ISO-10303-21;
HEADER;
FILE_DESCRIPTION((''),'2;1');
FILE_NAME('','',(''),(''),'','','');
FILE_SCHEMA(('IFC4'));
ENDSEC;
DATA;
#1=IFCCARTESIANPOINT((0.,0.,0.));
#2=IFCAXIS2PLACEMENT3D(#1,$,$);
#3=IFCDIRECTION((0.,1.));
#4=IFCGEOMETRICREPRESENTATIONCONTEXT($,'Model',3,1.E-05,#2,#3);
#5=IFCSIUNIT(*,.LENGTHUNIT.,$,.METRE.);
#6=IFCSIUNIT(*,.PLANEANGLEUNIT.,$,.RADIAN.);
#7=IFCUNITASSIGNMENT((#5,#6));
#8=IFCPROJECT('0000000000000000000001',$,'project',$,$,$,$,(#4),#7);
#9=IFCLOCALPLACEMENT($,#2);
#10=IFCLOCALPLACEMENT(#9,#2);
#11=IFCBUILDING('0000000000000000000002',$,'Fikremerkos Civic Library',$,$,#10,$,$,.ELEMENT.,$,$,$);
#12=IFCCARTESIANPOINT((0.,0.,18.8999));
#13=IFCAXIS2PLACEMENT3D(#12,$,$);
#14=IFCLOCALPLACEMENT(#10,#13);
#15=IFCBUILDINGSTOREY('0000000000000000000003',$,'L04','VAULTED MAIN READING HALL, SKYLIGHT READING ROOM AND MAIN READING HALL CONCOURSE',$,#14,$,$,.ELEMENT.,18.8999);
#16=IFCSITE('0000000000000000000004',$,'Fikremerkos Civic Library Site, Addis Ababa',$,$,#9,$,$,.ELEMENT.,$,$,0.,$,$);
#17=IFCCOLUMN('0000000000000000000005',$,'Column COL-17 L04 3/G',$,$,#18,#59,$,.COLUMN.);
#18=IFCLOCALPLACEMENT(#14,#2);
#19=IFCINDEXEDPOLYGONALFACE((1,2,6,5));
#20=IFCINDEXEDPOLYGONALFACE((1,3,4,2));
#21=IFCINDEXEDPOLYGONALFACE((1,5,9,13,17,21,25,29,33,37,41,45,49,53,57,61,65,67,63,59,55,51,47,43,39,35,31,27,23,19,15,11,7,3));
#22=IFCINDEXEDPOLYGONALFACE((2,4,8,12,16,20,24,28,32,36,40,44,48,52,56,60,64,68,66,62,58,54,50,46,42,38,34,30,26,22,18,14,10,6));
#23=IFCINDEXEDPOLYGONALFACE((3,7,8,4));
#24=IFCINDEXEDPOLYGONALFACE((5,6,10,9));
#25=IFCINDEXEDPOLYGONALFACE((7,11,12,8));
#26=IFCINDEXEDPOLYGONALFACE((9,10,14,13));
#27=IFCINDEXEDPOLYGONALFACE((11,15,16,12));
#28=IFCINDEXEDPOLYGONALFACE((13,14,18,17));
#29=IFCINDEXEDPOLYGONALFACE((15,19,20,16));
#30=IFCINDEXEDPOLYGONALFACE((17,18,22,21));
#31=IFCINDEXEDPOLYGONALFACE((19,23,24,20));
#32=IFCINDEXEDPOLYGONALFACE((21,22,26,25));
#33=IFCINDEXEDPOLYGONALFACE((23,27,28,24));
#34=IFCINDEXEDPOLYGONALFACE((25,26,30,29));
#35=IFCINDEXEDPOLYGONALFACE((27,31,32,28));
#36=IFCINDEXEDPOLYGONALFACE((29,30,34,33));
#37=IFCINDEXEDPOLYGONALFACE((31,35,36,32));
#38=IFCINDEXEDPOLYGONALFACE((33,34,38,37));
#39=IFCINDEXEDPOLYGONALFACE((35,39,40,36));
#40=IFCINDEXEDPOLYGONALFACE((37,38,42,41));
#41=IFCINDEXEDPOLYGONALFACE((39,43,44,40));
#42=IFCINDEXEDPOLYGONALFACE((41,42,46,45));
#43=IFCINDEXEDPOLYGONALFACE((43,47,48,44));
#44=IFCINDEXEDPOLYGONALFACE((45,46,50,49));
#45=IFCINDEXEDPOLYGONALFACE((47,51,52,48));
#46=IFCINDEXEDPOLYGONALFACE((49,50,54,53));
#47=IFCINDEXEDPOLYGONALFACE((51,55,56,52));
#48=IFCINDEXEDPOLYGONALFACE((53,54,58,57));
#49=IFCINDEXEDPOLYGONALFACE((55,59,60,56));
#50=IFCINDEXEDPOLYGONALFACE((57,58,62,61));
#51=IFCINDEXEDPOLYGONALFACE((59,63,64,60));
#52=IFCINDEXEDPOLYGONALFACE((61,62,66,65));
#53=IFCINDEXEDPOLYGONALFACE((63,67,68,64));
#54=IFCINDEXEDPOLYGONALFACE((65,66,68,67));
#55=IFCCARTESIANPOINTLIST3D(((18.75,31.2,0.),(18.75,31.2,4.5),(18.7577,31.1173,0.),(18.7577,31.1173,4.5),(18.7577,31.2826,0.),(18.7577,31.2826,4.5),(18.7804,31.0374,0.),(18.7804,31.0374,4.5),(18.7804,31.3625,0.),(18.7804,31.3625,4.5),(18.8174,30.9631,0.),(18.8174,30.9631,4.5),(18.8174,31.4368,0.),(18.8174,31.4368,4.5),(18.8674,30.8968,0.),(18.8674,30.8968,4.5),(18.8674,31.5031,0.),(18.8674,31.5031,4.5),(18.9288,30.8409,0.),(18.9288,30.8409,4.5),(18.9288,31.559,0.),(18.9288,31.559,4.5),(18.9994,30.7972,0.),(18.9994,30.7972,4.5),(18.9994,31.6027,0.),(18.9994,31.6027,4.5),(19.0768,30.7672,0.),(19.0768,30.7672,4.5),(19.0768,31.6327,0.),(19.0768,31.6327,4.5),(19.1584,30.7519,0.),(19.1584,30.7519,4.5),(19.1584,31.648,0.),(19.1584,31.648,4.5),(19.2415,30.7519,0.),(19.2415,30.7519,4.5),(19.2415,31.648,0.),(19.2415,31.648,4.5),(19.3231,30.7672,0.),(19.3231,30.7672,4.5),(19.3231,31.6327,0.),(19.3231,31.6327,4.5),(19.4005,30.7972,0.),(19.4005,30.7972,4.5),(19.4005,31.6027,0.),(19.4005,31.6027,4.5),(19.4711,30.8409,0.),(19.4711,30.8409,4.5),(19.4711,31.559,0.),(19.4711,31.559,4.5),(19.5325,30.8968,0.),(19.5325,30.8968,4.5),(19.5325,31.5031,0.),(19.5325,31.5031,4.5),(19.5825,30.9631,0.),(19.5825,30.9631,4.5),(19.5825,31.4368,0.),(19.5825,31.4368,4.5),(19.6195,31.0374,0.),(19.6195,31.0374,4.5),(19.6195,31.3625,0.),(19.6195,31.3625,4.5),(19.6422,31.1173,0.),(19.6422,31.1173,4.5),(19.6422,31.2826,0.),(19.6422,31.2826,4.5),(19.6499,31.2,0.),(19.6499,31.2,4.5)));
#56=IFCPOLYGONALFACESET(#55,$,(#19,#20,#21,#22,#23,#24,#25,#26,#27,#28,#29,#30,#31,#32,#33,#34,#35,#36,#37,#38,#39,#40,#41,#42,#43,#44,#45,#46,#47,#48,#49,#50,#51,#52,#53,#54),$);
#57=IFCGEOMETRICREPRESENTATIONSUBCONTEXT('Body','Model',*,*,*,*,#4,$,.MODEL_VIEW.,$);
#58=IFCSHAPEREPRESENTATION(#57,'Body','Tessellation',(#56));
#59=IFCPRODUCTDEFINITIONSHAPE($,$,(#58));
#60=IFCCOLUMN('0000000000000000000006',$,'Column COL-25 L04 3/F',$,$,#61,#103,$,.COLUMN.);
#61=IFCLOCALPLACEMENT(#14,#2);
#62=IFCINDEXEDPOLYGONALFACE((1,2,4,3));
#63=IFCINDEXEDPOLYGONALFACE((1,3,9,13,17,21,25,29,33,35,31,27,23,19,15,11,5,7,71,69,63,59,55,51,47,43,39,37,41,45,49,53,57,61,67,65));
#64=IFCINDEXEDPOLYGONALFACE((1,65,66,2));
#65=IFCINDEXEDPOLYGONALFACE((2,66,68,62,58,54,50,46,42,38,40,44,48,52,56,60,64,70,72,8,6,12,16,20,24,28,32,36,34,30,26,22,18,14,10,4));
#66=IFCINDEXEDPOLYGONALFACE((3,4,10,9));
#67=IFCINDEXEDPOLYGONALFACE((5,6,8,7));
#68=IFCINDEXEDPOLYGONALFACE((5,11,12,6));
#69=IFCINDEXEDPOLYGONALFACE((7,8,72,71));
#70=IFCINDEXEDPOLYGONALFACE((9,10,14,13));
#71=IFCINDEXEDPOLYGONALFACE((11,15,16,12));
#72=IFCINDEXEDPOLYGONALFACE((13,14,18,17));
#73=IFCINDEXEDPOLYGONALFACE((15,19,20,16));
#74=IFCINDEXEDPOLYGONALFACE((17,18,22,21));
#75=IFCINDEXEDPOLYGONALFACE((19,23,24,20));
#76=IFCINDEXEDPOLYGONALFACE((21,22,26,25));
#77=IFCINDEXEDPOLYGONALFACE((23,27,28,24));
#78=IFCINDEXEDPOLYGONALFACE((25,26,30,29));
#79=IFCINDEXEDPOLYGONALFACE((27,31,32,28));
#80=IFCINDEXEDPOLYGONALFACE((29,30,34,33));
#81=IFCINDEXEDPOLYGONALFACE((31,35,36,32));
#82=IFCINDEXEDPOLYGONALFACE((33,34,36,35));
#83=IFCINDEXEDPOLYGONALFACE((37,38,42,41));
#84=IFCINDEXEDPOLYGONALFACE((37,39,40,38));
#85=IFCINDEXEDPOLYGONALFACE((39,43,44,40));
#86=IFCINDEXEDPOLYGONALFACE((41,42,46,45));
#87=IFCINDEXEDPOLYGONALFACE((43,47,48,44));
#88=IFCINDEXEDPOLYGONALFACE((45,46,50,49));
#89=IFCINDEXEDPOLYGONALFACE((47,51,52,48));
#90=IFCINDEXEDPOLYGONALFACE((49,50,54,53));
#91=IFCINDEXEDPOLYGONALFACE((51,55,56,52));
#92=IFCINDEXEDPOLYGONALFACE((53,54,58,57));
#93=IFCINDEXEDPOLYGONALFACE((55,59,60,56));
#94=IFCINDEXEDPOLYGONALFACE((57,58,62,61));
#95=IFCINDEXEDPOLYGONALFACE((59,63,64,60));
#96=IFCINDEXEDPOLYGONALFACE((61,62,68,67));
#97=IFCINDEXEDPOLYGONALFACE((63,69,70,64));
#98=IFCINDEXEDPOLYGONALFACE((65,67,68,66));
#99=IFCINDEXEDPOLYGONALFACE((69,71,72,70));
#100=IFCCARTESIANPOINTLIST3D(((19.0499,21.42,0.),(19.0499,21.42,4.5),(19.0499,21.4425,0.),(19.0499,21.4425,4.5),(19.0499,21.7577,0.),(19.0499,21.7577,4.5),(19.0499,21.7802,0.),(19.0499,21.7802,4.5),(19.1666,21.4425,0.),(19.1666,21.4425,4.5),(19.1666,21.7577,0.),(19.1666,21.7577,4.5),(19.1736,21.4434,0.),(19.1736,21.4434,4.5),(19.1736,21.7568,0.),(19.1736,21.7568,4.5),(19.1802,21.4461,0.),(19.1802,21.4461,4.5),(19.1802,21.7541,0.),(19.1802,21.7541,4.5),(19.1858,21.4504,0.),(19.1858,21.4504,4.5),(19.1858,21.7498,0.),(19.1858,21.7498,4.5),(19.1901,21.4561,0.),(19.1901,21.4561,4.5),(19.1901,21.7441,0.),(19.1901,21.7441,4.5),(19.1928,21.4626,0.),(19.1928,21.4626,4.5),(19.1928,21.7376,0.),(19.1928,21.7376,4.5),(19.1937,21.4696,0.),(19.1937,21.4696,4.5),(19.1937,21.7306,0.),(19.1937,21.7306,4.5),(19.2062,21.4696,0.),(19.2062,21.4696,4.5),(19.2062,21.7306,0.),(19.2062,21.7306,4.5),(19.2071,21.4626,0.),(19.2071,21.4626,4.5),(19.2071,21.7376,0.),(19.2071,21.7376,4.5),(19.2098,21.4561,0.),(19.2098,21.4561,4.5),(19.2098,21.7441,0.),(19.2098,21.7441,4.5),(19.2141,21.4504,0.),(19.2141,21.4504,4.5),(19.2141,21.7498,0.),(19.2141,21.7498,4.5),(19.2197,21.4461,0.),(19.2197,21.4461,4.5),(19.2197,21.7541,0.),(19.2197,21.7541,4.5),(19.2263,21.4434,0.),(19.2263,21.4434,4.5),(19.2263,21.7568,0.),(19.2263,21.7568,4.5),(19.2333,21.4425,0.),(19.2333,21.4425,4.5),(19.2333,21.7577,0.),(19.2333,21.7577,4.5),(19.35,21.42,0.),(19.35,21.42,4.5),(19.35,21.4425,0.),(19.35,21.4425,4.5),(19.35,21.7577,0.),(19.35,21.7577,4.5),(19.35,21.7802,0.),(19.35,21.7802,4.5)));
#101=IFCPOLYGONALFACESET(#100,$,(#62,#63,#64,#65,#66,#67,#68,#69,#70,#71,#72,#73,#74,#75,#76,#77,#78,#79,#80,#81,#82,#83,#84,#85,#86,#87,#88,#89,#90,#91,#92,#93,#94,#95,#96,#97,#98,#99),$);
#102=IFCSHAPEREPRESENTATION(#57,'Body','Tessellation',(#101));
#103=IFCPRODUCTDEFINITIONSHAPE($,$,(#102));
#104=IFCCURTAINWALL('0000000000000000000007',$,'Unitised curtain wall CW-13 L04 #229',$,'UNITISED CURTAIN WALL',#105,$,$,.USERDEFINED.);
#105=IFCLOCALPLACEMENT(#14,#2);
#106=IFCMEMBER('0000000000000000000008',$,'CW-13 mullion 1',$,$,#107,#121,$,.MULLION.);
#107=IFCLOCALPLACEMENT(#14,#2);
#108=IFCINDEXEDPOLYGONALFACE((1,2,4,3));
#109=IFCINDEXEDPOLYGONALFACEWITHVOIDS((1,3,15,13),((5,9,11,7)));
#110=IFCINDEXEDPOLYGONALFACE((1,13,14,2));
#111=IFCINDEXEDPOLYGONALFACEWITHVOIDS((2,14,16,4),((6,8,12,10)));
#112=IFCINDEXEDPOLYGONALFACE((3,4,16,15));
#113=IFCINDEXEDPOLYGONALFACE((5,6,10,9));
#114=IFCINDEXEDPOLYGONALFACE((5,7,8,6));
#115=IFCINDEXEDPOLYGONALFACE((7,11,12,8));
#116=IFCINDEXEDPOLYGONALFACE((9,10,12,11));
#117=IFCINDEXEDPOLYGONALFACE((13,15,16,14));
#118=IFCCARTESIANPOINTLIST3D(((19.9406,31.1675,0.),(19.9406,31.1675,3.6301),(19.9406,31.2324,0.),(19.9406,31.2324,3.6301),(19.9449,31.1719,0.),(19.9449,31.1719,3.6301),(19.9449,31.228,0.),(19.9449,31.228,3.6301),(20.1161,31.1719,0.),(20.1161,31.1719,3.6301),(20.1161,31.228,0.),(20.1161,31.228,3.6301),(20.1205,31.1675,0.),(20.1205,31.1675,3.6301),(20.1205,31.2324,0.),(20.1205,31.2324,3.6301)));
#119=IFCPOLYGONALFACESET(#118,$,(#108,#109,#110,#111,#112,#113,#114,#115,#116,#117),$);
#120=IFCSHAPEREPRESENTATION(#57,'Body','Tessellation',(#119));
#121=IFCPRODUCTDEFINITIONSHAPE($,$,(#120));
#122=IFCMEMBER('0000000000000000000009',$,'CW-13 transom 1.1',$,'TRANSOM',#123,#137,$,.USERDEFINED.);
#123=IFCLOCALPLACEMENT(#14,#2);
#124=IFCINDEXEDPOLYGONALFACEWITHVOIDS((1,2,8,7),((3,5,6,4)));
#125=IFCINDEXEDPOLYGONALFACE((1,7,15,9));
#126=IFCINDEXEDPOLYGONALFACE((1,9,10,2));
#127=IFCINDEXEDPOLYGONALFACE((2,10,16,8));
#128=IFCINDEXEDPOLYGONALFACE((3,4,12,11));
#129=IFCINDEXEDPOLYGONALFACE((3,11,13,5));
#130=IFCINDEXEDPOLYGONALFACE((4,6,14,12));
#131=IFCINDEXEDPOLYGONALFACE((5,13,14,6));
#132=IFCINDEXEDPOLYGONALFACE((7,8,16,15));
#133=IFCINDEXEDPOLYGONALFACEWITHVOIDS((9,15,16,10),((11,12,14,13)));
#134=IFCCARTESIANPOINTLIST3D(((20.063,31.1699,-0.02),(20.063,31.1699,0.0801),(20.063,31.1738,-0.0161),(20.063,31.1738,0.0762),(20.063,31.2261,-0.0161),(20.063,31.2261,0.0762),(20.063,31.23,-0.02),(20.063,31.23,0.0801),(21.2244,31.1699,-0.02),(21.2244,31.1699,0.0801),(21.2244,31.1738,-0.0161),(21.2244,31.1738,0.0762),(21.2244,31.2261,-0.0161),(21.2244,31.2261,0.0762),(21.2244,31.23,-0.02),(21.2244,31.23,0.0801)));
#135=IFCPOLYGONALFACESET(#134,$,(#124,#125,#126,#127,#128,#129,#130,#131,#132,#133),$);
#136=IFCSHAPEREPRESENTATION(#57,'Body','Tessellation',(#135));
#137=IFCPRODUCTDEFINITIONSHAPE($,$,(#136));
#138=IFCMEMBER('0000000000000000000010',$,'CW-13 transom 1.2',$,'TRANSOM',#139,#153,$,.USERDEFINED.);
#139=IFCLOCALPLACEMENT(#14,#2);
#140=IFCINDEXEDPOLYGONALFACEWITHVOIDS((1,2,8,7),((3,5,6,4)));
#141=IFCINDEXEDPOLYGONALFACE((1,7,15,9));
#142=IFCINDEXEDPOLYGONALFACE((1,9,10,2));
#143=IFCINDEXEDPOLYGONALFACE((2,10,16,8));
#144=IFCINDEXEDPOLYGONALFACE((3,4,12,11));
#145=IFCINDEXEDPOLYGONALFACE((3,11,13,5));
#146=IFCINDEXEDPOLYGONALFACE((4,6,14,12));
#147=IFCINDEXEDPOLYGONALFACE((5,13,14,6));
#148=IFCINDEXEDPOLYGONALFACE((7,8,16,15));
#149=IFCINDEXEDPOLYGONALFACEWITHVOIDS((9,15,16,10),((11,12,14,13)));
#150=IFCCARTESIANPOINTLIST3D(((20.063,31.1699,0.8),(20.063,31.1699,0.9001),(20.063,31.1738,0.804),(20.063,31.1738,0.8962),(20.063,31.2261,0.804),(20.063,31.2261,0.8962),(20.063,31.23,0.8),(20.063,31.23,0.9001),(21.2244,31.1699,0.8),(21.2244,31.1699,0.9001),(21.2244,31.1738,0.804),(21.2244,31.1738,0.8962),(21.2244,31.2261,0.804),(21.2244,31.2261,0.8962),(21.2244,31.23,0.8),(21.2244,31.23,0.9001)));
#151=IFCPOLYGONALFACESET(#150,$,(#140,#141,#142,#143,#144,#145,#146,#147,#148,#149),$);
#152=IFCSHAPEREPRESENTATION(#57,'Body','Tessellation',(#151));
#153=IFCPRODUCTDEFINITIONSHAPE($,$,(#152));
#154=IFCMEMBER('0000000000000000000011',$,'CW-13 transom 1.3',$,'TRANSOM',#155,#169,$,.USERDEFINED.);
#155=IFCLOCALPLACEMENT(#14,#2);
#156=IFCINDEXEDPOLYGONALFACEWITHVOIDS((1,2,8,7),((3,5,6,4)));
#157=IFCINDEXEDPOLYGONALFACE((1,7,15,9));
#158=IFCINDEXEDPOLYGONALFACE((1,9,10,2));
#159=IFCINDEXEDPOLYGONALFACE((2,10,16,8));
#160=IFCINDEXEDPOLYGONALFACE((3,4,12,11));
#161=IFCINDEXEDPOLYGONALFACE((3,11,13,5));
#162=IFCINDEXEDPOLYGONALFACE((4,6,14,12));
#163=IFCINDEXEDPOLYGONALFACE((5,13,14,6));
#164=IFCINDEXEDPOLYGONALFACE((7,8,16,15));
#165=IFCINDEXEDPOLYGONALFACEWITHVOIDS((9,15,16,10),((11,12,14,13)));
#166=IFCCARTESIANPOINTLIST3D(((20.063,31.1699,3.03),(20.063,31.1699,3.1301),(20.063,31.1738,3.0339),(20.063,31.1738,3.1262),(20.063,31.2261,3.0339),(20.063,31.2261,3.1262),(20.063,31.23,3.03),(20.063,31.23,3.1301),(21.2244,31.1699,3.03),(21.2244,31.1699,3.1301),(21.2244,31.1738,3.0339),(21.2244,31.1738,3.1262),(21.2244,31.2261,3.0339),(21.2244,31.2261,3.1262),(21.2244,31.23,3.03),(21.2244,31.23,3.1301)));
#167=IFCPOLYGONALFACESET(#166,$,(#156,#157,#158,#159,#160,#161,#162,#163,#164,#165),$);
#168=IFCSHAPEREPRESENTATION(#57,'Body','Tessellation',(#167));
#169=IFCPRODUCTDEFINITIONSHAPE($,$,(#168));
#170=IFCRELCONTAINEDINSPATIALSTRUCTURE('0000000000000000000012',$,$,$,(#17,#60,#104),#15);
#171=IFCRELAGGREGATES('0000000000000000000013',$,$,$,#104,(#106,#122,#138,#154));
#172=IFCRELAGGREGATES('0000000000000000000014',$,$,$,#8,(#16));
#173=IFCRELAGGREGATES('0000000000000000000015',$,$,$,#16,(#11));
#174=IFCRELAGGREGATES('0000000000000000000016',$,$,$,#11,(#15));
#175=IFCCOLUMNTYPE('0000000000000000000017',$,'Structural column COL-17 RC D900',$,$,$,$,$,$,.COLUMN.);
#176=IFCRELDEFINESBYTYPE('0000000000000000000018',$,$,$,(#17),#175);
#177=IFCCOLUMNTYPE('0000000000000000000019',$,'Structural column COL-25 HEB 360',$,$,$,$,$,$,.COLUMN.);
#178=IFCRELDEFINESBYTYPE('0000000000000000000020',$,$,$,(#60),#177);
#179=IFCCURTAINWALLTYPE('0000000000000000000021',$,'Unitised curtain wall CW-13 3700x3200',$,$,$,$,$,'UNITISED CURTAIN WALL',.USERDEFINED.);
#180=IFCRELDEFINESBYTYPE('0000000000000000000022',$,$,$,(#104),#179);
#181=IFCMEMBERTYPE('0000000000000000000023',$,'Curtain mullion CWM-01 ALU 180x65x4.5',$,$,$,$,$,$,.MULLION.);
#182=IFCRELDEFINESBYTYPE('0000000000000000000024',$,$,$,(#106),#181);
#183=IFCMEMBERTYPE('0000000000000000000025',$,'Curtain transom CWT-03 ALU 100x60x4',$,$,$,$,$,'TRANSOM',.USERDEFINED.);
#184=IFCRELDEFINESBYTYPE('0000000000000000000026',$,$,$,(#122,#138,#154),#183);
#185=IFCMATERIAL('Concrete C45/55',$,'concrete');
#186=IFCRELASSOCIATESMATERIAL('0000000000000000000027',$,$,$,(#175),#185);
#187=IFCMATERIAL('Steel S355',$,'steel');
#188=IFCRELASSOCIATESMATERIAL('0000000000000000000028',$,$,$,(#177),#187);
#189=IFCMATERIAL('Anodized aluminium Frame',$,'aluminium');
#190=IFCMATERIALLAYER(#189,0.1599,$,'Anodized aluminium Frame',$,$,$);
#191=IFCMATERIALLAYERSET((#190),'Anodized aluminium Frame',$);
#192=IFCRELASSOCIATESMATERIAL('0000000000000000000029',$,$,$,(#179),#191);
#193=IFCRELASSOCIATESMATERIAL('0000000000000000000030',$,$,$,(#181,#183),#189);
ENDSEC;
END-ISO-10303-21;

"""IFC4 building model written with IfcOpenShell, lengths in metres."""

from ifc_helpers import new_model, si_unit, direction, frame, origin, origin_2d, place, context, subcontext, project, spatial, hollow_rectangle, circle, i_section, extrude, material, layer, layer_set, material_profile, profile_set, type_object, element, aggregate, save


model = new_model("IFC4")

# Units and contexts
model_context = context("Model", 3, precision=1e-05, world=origin(), true_north=direction((0.0, 1.0)))
body_context = subcontext(model_context, "Body", "Model", "MODEL_VIEW")
ifc_project = project(units=[si_unit("LENGTHUNIT", "METRE"), si_unit("PLANEANGLEUNIT", "RADIAN")], contexts=[model_context])

# Site, building, storey
site_placement = place(None, origin())
site = spatial("IfcSite", under=ifc_project, at=site_placement, Name="Fikremerkos Civic Library Site, Addis Ababa", CompositionType="ELEMENT", RefElevation=0.0)
building_placement = place(site_placement, origin())
building = spatial("IfcBuilding", under=site, at=building_placement, Name="Fikremerkos Civic Library", CompositionType="ELEMENT")
storey_placement = place(building_placement, frame((0.0, 0.0, 18.8999)))
storey = spatial("IfcBuildingStorey", under=building, at=storey_placement, Name="L04", Description="VAULTED MAIN READING HALL, SKYLIGHT READING ROOM AND MAIN READING HALL CONCOURSE", CompositionType="ELEMENT", Elevation=18.8999)

# Columns
ifc_material_1 = material(Name="Concrete C45/55", Category="concrete")
ifc_material_profile_1 = material_profile(ifc_material_1, circle(Radius=0.45, at=origin_2d()), Name="RC D900")
ifc_profile_set_1 = profile_set([ifc_material_profile_1], Name="Concrete C45/55")
column_type_1 = type_object("IfcColumnType", Name="Structural column COL-17 RC D900", PredefinedType="COLUMN", material=ifc_profile_set_1)
column_1_placement = place(storey_placement, frame((19.2, 31.2, 0.0), z_axis=(0.0, 0.0, 1.0), x_axis=(1.0, 0.0, 0.0)))
element("IfcColumn", 1, at=column_1_placement, inside=storey, type_object=column_type_1, Name="Column COL-17 L04 3/G", PredefinedType="COLUMN", context=body_context, shape_type="SweptSolid", body=[
    extrude(circle(Radius=0.45, at=origin_2d()), origin(), (0.0, 0.0, 1.0), 4.5),
])
ifc_material_2 = material(Name="Steel S355", Category="steel")
ifc_material_profile_2 = material_profile(ifc_material_2, i_section(OverallWidth=0.3, OverallDepth=0.3601, WebThickness=0.0125, FlangeThickness=0.0225, FilletRadius=0.0271, at=origin_2d()), Name="HEB 360")
ifc_profile_set_2 = profile_set([ifc_material_profile_2], Name="Steel S355")
column_type_2 = type_object("IfcColumnType", Name="Structural column COL-25 HEB 360", PredefinedType="COLUMN", material=ifc_profile_set_2)
column_2_placement = place(storey_placement, frame((19.2, 21.6001, 0.0), z_axis=(0.0, 0.0, 1.0), x_axis=(1.0, 0.0, 0.0)))
element("IfcColumn", 2, at=column_2_placement, inside=storey, type_object=column_type_2, Name="Column COL-25 L04 3/F", PredefinedType="COLUMN", context=body_context, shape_type="SweptSolid", body=[
    extrude(i_section(OverallWidth=0.3, OverallDepth=0.3601, WebThickness=0.0125, FlangeThickness=0.0225, FilletRadius=0.0271, at=origin_2d()), origin(), (0.0, 0.0, 1.0), 4.5),
])

# Curtain wall, members
ifc_material_3 = material(Name="Anodized aluminium Frame", Category="aluminium")
ifc_layer_1 = layer(ifc_material_3, 0.1599, Name="Anodized aluminium Frame")
ifc_layer_set_1 = layer_set([ifc_layer_1], Name="Anodized aluminium Frame")
curtain_wall_type = type_object("IfcCurtainWallType", Name="Unitised curtain wall CW-13 3700x3200", ElementType="UNITISED CURTAIN WALL", PredefinedType="USERDEFINED", material=ifc_layer_set_1)
curtain_wall_placement = place(storey_placement, origin())
curtain_wall = element("IfcCurtainWall", 3, at=curtain_wall_placement, inside=storey, type_object=curtain_wall_type, Name="Unitised curtain wall CW-13 L04 #229", ObjectType="UNITISED CURTAIN WALL", PredefinedType="USERDEFINED")
ifc_material_profile_3 = material_profile(ifc_material_3, hollow_rectangle(XDim=0.0649, YDim=0.1799, WallThickness=0.0044, at=origin_2d()), Name="ALU 180x65x4.5")
ifc_profile_set_3 = profile_set([ifc_material_profile_3], Name="Anodized aluminium Frame")
member_type_1 = type_object("IfcMemberType", Name="Curtain mullion CWM-01 ALU 180x65x4.5", PredefinedType="MULLION", material=ifc_profile_set_3)
member_1_placement = place(storey_placement, frame((20.0305, 31.2, 0.0), z_axis=(0.0, 0.0, 1.0), x_axis=(0.0, 1.0, 0.0)))
member_1 = element("IfcMember", 4, at=member_1_placement, type_object=member_type_1, Name="CW-13 mullion 1", PredefinedType="MULLION", context=body_context, shape_type="SweptSolid", body=[
    extrude(hollow_rectangle(XDim=0.0649, YDim=0.1799, WallThickness=0.0044, at=origin_2d()), origin(), (0.0, 0.0, 1.0), 3.6301),
])
ifc_material_profile_4 = material_profile(ifc_material_3, hollow_rectangle(XDim=0.0601, YDim=0.1001, WallThickness=0.0039, at=origin_2d()), Name="ALU 100x60x4")
ifc_profile_set_4 = profile_set([ifc_material_profile_4], Name="Anodized aluminium Frame")
member_type_2 = type_object("IfcMemberType", Name="Curtain transom CWT-03 ALU 100x60x4", ElementType="TRANSOM", PredefinedType="USERDEFINED", material=ifc_profile_set_4)
member_2_placement = place(storey_placement, frame((20.063, 31.2, 0.03), z_axis=(1.0, 0.0, 0.0), x_axis=(0.0, 1.0, 0.0)))
member_2 = element("IfcMember", 5, at=member_2_placement, type_object=member_type_2, Name="CW-13 transom 1.1", ObjectType="TRANSOM", PredefinedType="USERDEFINED", context=body_context, shape_type="SweptSolid", body=[
    extrude(hollow_rectangle(XDim=0.0601, YDim=0.1001, WallThickness=0.0039, at=origin_2d()), origin(), (0.0, 0.0, 1.0), 1.1614),
])
member_3_placement = place(storey_placement, frame((20.063, 31.2, 0.8501), z_axis=(1.0, 0.0, 0.0), x_axis=(0.0, 1.0, 0.0)))
member_3 = element("IfcMember", 6, at=member_3_placement, type_object=member_type_2, Name="CW-13 transom 1.2", ObjectType="TRANSOM", PredefinedType="USERDEFINED", context=body_context, shape_type="SweptSolid", body=[
    extrude(hollow_rectangle(XDim=0.0601, YDim=0.1001, WallThickness=0.0039, at=origin_2d()), origin(), (0.0, 0.0, 1.0), 1.1614),
])
member_4_placement = place(storey_placement, frame((20.063, 31.2, 3.0801), z_axis=(1.0, 0.0, 0.0), x_axis=(0.0, 1.0, 0.0)))
member_4 = element("IfcMember", 7, at=member_4_placement, type_object=member_type_2, Name="CW-13 transom 1.3", ObjectType="TRANSOM", PredefinedType="USERDEFINED", context=body_context, shape_type="SweptSolid", body=[
    extrude(hollow_rectangle(XDim=0.0601, YDim=0.1001, WallThickness=0.0039, at=origin_2d()), origin(), (0.0, 0.0, 1.0), 1.1614),
])
aggregate(curtain_wall, [member_1, member_2, member_3, member_4])

save(model, "model.ifc")
